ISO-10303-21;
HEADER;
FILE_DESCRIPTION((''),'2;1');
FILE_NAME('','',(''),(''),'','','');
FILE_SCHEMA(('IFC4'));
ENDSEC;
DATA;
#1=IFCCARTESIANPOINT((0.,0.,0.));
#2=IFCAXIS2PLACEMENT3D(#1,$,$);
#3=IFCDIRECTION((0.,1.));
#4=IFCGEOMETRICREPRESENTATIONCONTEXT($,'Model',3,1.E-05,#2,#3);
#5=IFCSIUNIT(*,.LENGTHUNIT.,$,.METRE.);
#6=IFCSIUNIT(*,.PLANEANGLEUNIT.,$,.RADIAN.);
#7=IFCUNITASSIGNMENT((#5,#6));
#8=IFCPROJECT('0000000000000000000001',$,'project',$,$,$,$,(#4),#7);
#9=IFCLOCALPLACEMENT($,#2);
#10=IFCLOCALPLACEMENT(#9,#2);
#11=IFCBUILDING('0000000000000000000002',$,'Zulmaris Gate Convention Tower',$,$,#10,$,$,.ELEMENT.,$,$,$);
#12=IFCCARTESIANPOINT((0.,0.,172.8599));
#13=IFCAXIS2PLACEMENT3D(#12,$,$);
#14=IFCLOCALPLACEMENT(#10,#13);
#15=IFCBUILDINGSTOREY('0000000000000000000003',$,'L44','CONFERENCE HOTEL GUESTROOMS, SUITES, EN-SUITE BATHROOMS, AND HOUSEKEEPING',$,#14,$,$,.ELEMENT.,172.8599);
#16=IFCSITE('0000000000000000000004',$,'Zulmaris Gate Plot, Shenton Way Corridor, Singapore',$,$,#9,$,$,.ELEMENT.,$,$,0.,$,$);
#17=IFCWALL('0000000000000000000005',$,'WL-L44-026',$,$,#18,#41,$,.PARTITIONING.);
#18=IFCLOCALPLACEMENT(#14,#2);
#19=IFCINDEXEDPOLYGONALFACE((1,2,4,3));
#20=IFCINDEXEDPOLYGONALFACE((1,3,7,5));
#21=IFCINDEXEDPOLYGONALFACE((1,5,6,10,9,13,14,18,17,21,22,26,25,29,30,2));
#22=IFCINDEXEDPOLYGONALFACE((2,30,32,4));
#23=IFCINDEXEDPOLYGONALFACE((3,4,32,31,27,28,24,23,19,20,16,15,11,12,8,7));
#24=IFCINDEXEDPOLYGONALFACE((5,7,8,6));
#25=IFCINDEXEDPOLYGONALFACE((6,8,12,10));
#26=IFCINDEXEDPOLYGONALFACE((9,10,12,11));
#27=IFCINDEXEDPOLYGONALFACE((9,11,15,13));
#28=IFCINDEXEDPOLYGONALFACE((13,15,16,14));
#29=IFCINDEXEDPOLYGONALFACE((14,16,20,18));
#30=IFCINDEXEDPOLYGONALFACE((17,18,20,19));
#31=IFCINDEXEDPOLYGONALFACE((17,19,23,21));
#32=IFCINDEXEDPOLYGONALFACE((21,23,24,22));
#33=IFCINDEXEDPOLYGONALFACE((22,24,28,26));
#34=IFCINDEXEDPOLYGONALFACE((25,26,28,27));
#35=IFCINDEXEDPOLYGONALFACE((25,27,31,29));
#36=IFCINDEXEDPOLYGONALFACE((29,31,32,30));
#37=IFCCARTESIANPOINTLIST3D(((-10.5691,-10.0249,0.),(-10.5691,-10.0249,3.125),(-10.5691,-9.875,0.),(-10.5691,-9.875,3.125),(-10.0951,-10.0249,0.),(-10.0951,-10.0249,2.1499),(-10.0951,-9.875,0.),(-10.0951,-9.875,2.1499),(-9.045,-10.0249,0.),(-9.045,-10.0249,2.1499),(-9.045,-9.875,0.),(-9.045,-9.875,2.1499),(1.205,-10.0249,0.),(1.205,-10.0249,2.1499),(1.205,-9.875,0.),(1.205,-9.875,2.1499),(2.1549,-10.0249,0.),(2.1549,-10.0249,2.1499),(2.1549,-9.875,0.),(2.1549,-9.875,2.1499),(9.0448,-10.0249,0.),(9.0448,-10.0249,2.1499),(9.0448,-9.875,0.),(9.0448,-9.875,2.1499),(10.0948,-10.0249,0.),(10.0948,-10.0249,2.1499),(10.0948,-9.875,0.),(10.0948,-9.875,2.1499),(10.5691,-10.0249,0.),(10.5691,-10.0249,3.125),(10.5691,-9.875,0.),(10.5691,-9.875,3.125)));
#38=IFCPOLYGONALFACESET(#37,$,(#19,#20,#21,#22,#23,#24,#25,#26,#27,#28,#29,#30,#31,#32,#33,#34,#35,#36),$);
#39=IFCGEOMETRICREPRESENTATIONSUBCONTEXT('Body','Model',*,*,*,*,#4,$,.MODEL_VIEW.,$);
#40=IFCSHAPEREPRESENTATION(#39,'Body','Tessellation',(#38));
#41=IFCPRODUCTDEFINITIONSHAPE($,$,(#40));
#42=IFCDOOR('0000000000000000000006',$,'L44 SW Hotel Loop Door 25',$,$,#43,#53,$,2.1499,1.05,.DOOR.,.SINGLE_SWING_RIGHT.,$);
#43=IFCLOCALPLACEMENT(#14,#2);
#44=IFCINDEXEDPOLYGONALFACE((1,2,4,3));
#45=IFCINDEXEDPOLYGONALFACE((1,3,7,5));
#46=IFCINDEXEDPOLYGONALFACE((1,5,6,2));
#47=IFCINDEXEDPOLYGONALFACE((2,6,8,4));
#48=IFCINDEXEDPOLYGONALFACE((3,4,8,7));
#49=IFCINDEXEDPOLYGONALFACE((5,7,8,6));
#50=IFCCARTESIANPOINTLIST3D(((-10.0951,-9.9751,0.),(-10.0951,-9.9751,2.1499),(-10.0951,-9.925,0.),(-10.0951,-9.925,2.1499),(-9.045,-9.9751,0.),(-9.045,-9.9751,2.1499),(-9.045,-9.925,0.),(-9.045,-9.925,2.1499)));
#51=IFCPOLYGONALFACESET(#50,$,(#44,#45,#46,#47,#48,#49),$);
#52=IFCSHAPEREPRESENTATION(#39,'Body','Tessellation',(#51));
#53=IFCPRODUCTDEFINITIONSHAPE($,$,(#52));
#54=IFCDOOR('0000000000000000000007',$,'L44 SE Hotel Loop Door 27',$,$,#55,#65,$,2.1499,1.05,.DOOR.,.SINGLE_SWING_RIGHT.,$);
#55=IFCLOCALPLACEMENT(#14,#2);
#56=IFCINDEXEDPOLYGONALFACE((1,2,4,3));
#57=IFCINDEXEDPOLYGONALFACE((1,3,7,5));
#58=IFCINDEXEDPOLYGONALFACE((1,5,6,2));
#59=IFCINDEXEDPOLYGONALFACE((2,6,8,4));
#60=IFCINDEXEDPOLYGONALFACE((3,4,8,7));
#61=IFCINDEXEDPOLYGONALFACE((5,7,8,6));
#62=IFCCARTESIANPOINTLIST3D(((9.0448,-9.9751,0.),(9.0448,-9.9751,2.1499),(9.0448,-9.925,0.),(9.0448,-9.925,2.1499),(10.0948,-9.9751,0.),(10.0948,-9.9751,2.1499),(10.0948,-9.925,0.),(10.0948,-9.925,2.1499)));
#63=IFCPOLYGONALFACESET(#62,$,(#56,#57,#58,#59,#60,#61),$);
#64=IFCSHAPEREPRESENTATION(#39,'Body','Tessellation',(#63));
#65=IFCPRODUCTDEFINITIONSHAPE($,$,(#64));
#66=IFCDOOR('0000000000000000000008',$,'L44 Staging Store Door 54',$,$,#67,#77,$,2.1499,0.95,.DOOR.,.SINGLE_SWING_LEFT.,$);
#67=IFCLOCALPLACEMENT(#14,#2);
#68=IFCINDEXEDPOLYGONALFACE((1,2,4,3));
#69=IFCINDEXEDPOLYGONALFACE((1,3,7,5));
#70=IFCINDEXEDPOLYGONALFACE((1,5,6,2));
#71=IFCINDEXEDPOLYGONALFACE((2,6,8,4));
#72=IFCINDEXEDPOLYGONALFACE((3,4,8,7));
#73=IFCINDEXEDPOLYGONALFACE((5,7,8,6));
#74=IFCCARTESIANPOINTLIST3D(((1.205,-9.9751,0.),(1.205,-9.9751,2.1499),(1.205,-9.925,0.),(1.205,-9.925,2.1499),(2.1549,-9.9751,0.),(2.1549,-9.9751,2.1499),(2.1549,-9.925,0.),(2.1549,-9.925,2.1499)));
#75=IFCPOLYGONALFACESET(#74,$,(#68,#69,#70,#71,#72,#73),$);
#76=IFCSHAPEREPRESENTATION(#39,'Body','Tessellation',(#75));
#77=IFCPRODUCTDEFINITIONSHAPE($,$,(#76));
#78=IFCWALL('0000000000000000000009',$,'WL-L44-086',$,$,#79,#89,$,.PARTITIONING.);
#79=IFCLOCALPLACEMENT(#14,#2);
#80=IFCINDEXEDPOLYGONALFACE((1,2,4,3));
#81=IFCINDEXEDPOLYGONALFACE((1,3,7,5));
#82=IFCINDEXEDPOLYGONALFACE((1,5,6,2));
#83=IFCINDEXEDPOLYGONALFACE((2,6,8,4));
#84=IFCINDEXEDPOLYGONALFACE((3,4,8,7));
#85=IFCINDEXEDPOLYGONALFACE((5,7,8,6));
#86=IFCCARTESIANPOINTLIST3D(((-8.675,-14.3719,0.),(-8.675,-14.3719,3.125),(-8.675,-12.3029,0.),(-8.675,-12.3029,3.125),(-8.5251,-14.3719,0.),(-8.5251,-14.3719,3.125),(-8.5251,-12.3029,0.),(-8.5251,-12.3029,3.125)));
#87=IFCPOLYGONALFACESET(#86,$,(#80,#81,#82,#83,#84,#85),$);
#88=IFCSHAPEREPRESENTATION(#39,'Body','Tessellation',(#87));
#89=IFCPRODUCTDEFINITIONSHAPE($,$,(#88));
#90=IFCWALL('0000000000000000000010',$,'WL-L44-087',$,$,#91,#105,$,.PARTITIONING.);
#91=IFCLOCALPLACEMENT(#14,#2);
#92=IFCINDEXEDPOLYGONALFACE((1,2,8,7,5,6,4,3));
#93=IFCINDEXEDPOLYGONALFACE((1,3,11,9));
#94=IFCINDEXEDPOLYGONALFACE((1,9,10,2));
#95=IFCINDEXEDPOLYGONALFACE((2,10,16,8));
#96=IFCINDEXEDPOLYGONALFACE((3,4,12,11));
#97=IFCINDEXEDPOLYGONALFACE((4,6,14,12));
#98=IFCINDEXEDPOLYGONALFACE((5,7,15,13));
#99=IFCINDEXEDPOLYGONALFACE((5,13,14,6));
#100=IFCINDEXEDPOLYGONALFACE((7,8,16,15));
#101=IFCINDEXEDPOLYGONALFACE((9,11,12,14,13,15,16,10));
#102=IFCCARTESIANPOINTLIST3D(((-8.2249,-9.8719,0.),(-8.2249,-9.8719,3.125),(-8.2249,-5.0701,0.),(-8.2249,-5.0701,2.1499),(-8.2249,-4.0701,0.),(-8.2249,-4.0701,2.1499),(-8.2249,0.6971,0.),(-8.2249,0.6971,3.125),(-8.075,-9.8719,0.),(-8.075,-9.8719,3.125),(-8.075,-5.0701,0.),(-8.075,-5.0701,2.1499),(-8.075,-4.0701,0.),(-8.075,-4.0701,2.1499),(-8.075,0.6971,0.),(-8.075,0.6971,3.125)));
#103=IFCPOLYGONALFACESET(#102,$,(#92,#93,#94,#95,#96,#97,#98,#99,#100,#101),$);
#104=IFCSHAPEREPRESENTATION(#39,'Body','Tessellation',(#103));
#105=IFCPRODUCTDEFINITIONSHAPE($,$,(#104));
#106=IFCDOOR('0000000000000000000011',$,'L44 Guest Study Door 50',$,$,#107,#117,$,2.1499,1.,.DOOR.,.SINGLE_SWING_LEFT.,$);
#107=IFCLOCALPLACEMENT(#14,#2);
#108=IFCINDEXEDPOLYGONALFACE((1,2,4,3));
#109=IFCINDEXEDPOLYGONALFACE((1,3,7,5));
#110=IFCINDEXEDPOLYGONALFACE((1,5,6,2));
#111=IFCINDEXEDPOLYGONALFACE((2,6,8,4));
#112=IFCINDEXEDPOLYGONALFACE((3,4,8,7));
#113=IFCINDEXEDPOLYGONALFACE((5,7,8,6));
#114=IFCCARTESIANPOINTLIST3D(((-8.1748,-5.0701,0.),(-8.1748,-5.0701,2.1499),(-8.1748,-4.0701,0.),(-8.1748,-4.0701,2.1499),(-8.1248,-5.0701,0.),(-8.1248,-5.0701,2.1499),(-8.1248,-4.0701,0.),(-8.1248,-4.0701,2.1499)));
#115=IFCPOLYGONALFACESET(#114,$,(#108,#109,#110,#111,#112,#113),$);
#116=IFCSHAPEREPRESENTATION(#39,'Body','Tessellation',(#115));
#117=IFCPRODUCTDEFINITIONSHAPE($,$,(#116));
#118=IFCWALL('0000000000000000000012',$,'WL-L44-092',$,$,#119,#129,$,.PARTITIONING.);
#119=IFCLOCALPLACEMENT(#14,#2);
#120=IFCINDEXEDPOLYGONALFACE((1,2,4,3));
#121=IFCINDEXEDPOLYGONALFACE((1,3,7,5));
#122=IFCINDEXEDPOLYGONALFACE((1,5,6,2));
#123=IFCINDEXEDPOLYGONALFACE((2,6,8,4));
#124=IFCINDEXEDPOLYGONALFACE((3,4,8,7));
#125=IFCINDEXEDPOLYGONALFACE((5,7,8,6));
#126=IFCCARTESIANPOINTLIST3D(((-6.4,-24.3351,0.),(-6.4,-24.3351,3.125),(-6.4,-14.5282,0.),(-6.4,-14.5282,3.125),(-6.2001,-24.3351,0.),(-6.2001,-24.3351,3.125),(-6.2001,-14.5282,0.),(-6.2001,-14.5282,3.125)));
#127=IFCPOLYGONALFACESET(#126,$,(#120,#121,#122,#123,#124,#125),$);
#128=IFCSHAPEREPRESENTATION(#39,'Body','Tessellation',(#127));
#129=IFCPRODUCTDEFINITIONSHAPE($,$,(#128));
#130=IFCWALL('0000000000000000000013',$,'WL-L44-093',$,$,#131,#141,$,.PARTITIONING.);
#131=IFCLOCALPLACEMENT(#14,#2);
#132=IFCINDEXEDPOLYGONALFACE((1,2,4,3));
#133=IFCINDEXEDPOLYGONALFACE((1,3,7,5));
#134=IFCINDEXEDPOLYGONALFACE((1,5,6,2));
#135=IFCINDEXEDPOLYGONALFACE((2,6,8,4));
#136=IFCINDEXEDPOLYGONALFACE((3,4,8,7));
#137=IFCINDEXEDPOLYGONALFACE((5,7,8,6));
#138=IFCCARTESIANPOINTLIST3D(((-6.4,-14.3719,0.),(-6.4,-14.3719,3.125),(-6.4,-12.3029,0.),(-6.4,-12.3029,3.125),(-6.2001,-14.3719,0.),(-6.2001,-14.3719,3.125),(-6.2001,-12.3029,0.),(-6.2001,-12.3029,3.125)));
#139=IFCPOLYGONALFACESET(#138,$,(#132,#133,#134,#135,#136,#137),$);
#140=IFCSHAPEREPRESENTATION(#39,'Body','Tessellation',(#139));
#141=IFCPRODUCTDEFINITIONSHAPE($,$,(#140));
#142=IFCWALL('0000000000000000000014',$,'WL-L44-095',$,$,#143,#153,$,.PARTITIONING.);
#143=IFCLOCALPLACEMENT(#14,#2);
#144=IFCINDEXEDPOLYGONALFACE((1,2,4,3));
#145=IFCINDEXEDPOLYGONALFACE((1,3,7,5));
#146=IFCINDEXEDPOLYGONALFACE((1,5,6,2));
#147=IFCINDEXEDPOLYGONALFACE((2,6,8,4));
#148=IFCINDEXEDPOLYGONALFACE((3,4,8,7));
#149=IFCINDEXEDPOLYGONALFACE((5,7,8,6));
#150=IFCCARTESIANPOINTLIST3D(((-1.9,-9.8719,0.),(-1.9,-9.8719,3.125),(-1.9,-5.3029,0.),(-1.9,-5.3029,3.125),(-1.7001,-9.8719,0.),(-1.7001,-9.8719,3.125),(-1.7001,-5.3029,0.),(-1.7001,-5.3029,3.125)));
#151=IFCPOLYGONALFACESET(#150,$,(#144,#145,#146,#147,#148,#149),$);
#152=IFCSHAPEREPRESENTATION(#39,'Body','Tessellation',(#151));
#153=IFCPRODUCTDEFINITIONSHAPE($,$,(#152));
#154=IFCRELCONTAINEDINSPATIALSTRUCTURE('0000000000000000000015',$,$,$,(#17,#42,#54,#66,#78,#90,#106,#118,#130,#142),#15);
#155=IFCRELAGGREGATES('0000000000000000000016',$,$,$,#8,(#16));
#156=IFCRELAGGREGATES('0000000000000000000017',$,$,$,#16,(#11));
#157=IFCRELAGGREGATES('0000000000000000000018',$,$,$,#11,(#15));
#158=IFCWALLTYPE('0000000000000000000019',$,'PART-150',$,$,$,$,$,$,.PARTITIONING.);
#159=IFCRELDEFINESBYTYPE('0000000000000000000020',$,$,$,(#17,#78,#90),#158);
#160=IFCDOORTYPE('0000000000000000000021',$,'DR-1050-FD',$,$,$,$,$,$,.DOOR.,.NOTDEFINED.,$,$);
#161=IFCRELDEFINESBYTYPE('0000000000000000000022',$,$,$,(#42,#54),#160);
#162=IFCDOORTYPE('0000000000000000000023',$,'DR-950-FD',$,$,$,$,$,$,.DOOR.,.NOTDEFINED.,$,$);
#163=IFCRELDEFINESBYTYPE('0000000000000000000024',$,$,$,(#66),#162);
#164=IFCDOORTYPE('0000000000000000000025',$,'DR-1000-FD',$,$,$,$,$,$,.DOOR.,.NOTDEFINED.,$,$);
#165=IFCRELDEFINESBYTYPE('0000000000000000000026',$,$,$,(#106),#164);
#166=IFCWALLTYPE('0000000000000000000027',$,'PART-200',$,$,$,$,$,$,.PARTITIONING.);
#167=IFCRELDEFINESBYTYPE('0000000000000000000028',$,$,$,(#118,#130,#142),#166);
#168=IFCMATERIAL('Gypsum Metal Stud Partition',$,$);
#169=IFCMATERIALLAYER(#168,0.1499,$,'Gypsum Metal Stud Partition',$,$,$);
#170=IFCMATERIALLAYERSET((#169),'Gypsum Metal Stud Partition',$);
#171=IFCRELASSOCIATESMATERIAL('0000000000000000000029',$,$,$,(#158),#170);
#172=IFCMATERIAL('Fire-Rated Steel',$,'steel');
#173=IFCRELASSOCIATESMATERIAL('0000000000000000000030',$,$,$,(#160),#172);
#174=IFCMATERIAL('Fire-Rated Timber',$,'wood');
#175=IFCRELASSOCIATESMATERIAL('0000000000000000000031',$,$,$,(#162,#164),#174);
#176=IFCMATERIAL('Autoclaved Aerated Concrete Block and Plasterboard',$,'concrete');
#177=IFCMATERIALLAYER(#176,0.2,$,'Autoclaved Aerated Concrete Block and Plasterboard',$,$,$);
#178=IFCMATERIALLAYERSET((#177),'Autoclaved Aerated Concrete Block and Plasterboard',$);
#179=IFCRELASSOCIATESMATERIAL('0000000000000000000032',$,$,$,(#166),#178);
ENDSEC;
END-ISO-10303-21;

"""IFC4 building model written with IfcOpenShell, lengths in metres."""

from ifc_helpers import new_model, si_unit, direction, frame, frame_2d, origin, place, context, subcontext, project, spatial, rectangle, extrude, material, layer, layer_set, type_object, element, fill, save


model = new_model("IFC4")

# Units and contexts
model_context = context("Model", 3, precision=1e-05, world=origin(), true_north=direction((0.0, 1.0)))
body_context = subcontext(model_context, "Body", "Model", "MODEL_VIEW")
ifc_project = project(units=[si_unit("LENGTHUNIT", "METRE"), si_unit("PLANEANGLEUNIT", "RADIAN")], contexts=[model_context])

# Site, building, storey
site_placement = place(None, origin())
site = spatial("IfcSite", under=ifc_project, at=site_placement, Name="Zulmaris Gate Plot, Shenton Way Corridor, Singapore", CompositionType="ELEMENT", RefElevation=0.0)
building_placement = place(site_placement, origin())
building = spatial("IfcBuilding", under=site, at=building_placement, Name="Zulmaris Gate Convention Tower", CompositionType="ELEMENT")
storey_placement = place(building_placement, frame((0.0, 0.0, 172.8599)))
storey = spatial("IfcBuildingStorey", under=building, at=storey_placement, Name="L44", Description="CONFERENCE HOTEL GUESTROOMS, SUITES, EN-SUITE BATHROOMS, AND HOUSEKEEPING", CompositionType="ELEMENT", Elevation=172.8599)

# Shared definitions
ifc_material_1 = material(Name="Gypsum Metal Stud Partition")
ifc_layer_1 = layer(ifc_material_1, 0.1499, Name="Gypsum Metal Stud Partition")
ifc_layer_set_1 = layer_set([ifc_layer_1], Name="Gypsum Metal Stud Partition")
wall_type_1 = type_object("IfcWallType", Name="PART-150", PredefinedType="PARTITIONING", material=ifc_layer_set_1)

# Wall, openings, doors
wall_1_placement = place(storey_placement, frame((-10.5691, -9.95, 0.0), z_axis=(0.0, 0.0, 1.0), x_axis=(1.0, 0.0, 0.0)))
wall_1 = element("IfcWall", 1, at=wall_1_placement, inside=storey, type_object=wall_type_1, Name="WL-L44-026", PredefinedType="PARTITIONING", context=body_context, shape_type="SweptSolid", body=[
    extrude(rectangle(XDim=21.1382, YDim=0.1499, at=frame_2d((10.5691, 0.0))), origin(), (0.0, 0.0, 1.0), 3.125),
])
opening_1_placement = place(wall_1_placement, frame((0.4741, 0.0, 0.0)))
opening_1 = element("IfcOpeningElement", 2, at=opening_1_placement, cuts=wall_1, PredefinedType="OPENING", context=body_context, shape_type="SweptSolid", body=[
    extrude(rectangle(XDim=1.05, YDim=2.1499, at=frame_2d((0.5249, 1.075))), frame((0.0, 0.085, 0.0), z_axis=(0.0, -1.0, 0.0), x_axis=(1.0, 0.0, 0.0)), (0.0, 0.0, 1.0), 0.1699),
])
opening_2_placement = place(wall_1_placement, frame((19.614, 0.0, 0.0)))
opening_2 = element("IfcOpeningElement", 3, at=opening_2_placement, cuts=wall_1, PredefinedType="OPENING", context=body_context, shape_type="SweptSolid", body=[
    extrude(rectangle(XDim=1.05, YDim=2.1499, at=frame_2d((0.5249, 1.075))), frame((0.0, 0.085, 0.0), z_axis=(0.0, -1.0, 0.0), x_axis=(1.0, 0.0, 0.0)), (0.0, 0.0, 1.0), 0.1699),
])
opening_3_placement = place(wall_1_placement, frame((11.7739, 0.0, 0.0)))
opening_3 = element("IfcOpeningElement", 4, at=opening_3_placement, cuts=wall_1, PredefinedType="OPENING", context=body_context, shape_type="SweptSolid", body=[
    extrude(rectangle(XDim=0.95, YDim=2.1499, at=frame_2d((0.4751, 1.075))), frame((0.0, 0.085, 0.0), z_axis=(0.0, -1.0, 0.0), x_axis=(1.0, 0.0, 0.0)), (0.0, 0.0, 1.0), 0.1699),
])
ifc_material_2 = material(Name="Fire-Rated Steel", Category="steel")
door_type_1 = type_object("IfcDoorType", Name="DR-1050-FD", OperationType="NOTDEFINED", PredefinedType="DOOR", material=ifc_material_2)
door_1_placement = place(opening_1_placement, origin())
door_1 = element("IfcDoor", 5, at=door_1_placement, inside=storey, type_object=door_type_1, Name="L44 SW Hotel Loop Door 25", OperationType="SINGLE_SWING_RIGHT", OverallHeight=2.1499, OverallWidth=1.05, PredefinedType="DOOR", context=body_context, shape_type="SweptSolid", body=[
    extrude(rectangle(XDim=1.05, YDim=2.1499, at=frame_2d((0.5249, 1.075))), frame((0.0, 0.0249, 0.0), z_axis=(0.0, -1.0, 0.0), x_axis=(1.0, 0.0, 0.0)), (0.0, 0.0, 1.0), 0.05),
])
fill(opening_1, door_1)
door_2_placement = place(opening_2_placement, origin())
door_2 = element("IfcDoor", 6, at=door_2_placement, inside=storey, type_object=door_type_1, Name="L44 SE Hotel Loop Door 27", OperationType="SINGLE_SWING_RIGHT", OverallHeight=2.1499, OverallWidth=1.05, PredefinedType="DOOR", context=body_context, shape_type="SweptSolid", body=[
    extrude(rectangle(XDim=1.05, YDim=2.1499, at=frame_2d((0.5249, 1.075))), frame((0.0, 0.0249, 0.0), z_axis=(0.0, -1.0, 0.0), x_axis=(1.0, 0.0, 0.0)), (0.0, 0.0, 1.0), 0.05),
])
fill(opening_2, door_2)
ifc_material_3 = material(Name="Fire-Rated Timber", Category="wood")
door_type_2 = type_object("IfcDoorType", Name="DR-950-FD", OperationType="NOTDEFINED", PredefinedType="DOOR", material=ifc_material_3)
door_3_placement = place(opening_3_placement, origin())
door_3 = element("IfcDoor", 7, at=door_3_placement, inside=storey, type_object=door_type_2, Name="L44 Staging Store Door 54", OperationType="SINGLE_SWING_LEFT", OverallHeight=2.1499, OverallWidth=0.95, PredefinedType="DOOR", context=body_context, shape_type="SweptSolid", body=[
    extrude(rectangle(XDim=0.95, YDim=2.1499, at=frame_2d((0.4751, 1.075))), frame((0.0, 0.0249, 0.0), z_axis=(0.0, -1.0, 0.0), x_axis=(1.0, 0.0, 0.0)), (0.0, 0.0, 1.0), 0.05),
])
fill(opening_3, door_3)

# Wall
wall_2_placement = place(storey_placement, frame((-8.6001, -14.3721, 0.0), z_axis=(0.0, 0.0, 1.0), x_axis=(0.0, 1.0, 0.0)))
element("IfcWall", 8, at=wall_2_placement, inside=storey, type_object=wall_type_1, Name="WL-L44-086", PredefinedType="PARTITIONING", context=body_context, shape_type="SweptSolid", body=[
    extrude(rectangle(XDim=2.0691, YDim=0.1499, at=frame_2d((1.0347, 0.0))), origin(), (0.0, 0.0, 1.0), 3.125),
])

# Wall, opening, door
wall_3_placement = place(storey_placement, frame((-8.1499, -9.8721, 0.0), z_axis=(0.0, 0.0, 1.0), x_axis=(0.0, 1.0, 0.0)))
wall_3 = element("IfcWall", 9, at=wall_3_placement, inside=storey, type_object=wall_type_1, Name="WL-L44-087", PredefinedType="PARTITIONING", context=body_context, shape_type="SweptSolid", body=[
    extrude(rectangle(XDim=10.5691, YDim=0.1499, at=frame_2d((5.2847, 0.0))), origin(), (0.0, 0.0, 1.0), 3.125),
])
opening_4_placement = place(wall_3_placement, frame((4.802, 0.0, 0.0)))
opening_4 = element("IfcOpeningElement", 10, at=opening_4_placement, cuts=wall_3, PredefinedType="OPENING", context=body_context, shape_type="SweptSolid", body=[
    extrude(rectangle(XDim=1.0, YDim=2.1499, at=frame_2d((0.5, 1.075))), frame((0.0, 0.085, 0.0), z_axis=(0.0, -1.0, 0.0), x_axis=(1.0, 0.0, 0.0)), (0.0, 0.0, 1.0), 0.1699),
])
door_type_3 = type_object("IfcDoorType", Name="DR-1000-FD", OperationType="NOTDEFINED", PredefinedType="DOOR", material=ifc_material_3)
door_4_placement = place(opening_4_placement, origin())
door_4 = element("IfcDoor", 11, at=door_4_placement, inside=storey, type_object=door_type_3, Name="L44 Guest Study Door 50", OperationType="SINGLE_SWING_LEFT", OverallHeight=2.1499, OverallWidth=1.0, PredefinedType="DOOR", context=body_context, shape_type="SweptSolid", body=[
    extrude(rectangle(XDim=1.0, YDim=2.1499, at=frame_2d((0.5, 1.075))), frame((0.0, 0.0249, 0.0), z_axis=(0.0, -1.0, 0.0), x_axis=(1.0, 0.0, 0.0)), (0.0, 0.0, 1.0), 0.05),
])
fill(opening_4, door_4)

# Walls
ifc_material_4 = material(Name="Autoclaved Aerated Concrete Block and Plasterboard", Category="concrete")
ifc_layer_2 = layer(ifc_material_4, 0.2, Name="Autoclaved Aerated Concrete Block and Plasterboard")
ifc_layer_set_2 = layer_set([ifc_layer_2], Name="Autoclaved Aerated Concrete Block and Plasterboard")
wall_type_2 = type_object("IfcWallType", Name="PART-200", PredefinedType="PARTITIONING", material=ifc_layer_set_2)
wall_4_placement = place(storey_placement, frame((-6.3, -24.335, 0.0), z_axis=(0.0, 0.0, 1.0), x_axis=(0.0, 1.0, 0.0)))
element("IfcWall", 12, at=wall_4_placement, inside=storey, type_object=wall_type_2, Name="WL-L44-092", PredefinedType="PARTITIONING", context=body_context, shape_type="SweptSolid", body=[
    extrude(rectangle(XDim=9.8069, YDim=0.2, at=frame_2d((4.9033, 0.0))), origin(), (0.0, 0.0, 1.0), 3.125),
])
wall_5_placement = place(storey_placement, frame((-6.3, -14.3721, 0.0), z_axis=(0.0, 0.0, 1.0), x_axis=(0.0, 1.0, 0.0)))
element("IfcWall", 13, at=wall_5_placement, inside=storey, type_object=wall_type_2, Name="WL-L44-093", PredefinedType="PARTITIONING", context=body_context, shape_type="SweptSolid", body=[
    extrude(rectangle(XDim=2.0691, YDim=0.2, at=frame_2d((1.0347, 0.0))), origin(), (0.0, 0.0, 1.0), 3.125),
])
wall_6_placement = place(storey_placement, frame((-1.8, -9.8721, 0.0), z_axis=(0.0, 0.0, 1.0), x_axis=(0.0, 1.0, 0.0)))
element("IfcWall", 14, at=wall_6_placement, inside=storey, type_object=wall_type_2, Name="WL-L44-095", PredefinedType="PARTITIONING", context=body_context, shape_type="SweptSolid", body=[
    extrude(rectangle(XDim=4.5691, YDim=0.2, at=frame_2d((2.2847, 0.0))), origin(), (0.0, 0.0, 1.0), 3.125),
])

save(model, "model.ifc")
